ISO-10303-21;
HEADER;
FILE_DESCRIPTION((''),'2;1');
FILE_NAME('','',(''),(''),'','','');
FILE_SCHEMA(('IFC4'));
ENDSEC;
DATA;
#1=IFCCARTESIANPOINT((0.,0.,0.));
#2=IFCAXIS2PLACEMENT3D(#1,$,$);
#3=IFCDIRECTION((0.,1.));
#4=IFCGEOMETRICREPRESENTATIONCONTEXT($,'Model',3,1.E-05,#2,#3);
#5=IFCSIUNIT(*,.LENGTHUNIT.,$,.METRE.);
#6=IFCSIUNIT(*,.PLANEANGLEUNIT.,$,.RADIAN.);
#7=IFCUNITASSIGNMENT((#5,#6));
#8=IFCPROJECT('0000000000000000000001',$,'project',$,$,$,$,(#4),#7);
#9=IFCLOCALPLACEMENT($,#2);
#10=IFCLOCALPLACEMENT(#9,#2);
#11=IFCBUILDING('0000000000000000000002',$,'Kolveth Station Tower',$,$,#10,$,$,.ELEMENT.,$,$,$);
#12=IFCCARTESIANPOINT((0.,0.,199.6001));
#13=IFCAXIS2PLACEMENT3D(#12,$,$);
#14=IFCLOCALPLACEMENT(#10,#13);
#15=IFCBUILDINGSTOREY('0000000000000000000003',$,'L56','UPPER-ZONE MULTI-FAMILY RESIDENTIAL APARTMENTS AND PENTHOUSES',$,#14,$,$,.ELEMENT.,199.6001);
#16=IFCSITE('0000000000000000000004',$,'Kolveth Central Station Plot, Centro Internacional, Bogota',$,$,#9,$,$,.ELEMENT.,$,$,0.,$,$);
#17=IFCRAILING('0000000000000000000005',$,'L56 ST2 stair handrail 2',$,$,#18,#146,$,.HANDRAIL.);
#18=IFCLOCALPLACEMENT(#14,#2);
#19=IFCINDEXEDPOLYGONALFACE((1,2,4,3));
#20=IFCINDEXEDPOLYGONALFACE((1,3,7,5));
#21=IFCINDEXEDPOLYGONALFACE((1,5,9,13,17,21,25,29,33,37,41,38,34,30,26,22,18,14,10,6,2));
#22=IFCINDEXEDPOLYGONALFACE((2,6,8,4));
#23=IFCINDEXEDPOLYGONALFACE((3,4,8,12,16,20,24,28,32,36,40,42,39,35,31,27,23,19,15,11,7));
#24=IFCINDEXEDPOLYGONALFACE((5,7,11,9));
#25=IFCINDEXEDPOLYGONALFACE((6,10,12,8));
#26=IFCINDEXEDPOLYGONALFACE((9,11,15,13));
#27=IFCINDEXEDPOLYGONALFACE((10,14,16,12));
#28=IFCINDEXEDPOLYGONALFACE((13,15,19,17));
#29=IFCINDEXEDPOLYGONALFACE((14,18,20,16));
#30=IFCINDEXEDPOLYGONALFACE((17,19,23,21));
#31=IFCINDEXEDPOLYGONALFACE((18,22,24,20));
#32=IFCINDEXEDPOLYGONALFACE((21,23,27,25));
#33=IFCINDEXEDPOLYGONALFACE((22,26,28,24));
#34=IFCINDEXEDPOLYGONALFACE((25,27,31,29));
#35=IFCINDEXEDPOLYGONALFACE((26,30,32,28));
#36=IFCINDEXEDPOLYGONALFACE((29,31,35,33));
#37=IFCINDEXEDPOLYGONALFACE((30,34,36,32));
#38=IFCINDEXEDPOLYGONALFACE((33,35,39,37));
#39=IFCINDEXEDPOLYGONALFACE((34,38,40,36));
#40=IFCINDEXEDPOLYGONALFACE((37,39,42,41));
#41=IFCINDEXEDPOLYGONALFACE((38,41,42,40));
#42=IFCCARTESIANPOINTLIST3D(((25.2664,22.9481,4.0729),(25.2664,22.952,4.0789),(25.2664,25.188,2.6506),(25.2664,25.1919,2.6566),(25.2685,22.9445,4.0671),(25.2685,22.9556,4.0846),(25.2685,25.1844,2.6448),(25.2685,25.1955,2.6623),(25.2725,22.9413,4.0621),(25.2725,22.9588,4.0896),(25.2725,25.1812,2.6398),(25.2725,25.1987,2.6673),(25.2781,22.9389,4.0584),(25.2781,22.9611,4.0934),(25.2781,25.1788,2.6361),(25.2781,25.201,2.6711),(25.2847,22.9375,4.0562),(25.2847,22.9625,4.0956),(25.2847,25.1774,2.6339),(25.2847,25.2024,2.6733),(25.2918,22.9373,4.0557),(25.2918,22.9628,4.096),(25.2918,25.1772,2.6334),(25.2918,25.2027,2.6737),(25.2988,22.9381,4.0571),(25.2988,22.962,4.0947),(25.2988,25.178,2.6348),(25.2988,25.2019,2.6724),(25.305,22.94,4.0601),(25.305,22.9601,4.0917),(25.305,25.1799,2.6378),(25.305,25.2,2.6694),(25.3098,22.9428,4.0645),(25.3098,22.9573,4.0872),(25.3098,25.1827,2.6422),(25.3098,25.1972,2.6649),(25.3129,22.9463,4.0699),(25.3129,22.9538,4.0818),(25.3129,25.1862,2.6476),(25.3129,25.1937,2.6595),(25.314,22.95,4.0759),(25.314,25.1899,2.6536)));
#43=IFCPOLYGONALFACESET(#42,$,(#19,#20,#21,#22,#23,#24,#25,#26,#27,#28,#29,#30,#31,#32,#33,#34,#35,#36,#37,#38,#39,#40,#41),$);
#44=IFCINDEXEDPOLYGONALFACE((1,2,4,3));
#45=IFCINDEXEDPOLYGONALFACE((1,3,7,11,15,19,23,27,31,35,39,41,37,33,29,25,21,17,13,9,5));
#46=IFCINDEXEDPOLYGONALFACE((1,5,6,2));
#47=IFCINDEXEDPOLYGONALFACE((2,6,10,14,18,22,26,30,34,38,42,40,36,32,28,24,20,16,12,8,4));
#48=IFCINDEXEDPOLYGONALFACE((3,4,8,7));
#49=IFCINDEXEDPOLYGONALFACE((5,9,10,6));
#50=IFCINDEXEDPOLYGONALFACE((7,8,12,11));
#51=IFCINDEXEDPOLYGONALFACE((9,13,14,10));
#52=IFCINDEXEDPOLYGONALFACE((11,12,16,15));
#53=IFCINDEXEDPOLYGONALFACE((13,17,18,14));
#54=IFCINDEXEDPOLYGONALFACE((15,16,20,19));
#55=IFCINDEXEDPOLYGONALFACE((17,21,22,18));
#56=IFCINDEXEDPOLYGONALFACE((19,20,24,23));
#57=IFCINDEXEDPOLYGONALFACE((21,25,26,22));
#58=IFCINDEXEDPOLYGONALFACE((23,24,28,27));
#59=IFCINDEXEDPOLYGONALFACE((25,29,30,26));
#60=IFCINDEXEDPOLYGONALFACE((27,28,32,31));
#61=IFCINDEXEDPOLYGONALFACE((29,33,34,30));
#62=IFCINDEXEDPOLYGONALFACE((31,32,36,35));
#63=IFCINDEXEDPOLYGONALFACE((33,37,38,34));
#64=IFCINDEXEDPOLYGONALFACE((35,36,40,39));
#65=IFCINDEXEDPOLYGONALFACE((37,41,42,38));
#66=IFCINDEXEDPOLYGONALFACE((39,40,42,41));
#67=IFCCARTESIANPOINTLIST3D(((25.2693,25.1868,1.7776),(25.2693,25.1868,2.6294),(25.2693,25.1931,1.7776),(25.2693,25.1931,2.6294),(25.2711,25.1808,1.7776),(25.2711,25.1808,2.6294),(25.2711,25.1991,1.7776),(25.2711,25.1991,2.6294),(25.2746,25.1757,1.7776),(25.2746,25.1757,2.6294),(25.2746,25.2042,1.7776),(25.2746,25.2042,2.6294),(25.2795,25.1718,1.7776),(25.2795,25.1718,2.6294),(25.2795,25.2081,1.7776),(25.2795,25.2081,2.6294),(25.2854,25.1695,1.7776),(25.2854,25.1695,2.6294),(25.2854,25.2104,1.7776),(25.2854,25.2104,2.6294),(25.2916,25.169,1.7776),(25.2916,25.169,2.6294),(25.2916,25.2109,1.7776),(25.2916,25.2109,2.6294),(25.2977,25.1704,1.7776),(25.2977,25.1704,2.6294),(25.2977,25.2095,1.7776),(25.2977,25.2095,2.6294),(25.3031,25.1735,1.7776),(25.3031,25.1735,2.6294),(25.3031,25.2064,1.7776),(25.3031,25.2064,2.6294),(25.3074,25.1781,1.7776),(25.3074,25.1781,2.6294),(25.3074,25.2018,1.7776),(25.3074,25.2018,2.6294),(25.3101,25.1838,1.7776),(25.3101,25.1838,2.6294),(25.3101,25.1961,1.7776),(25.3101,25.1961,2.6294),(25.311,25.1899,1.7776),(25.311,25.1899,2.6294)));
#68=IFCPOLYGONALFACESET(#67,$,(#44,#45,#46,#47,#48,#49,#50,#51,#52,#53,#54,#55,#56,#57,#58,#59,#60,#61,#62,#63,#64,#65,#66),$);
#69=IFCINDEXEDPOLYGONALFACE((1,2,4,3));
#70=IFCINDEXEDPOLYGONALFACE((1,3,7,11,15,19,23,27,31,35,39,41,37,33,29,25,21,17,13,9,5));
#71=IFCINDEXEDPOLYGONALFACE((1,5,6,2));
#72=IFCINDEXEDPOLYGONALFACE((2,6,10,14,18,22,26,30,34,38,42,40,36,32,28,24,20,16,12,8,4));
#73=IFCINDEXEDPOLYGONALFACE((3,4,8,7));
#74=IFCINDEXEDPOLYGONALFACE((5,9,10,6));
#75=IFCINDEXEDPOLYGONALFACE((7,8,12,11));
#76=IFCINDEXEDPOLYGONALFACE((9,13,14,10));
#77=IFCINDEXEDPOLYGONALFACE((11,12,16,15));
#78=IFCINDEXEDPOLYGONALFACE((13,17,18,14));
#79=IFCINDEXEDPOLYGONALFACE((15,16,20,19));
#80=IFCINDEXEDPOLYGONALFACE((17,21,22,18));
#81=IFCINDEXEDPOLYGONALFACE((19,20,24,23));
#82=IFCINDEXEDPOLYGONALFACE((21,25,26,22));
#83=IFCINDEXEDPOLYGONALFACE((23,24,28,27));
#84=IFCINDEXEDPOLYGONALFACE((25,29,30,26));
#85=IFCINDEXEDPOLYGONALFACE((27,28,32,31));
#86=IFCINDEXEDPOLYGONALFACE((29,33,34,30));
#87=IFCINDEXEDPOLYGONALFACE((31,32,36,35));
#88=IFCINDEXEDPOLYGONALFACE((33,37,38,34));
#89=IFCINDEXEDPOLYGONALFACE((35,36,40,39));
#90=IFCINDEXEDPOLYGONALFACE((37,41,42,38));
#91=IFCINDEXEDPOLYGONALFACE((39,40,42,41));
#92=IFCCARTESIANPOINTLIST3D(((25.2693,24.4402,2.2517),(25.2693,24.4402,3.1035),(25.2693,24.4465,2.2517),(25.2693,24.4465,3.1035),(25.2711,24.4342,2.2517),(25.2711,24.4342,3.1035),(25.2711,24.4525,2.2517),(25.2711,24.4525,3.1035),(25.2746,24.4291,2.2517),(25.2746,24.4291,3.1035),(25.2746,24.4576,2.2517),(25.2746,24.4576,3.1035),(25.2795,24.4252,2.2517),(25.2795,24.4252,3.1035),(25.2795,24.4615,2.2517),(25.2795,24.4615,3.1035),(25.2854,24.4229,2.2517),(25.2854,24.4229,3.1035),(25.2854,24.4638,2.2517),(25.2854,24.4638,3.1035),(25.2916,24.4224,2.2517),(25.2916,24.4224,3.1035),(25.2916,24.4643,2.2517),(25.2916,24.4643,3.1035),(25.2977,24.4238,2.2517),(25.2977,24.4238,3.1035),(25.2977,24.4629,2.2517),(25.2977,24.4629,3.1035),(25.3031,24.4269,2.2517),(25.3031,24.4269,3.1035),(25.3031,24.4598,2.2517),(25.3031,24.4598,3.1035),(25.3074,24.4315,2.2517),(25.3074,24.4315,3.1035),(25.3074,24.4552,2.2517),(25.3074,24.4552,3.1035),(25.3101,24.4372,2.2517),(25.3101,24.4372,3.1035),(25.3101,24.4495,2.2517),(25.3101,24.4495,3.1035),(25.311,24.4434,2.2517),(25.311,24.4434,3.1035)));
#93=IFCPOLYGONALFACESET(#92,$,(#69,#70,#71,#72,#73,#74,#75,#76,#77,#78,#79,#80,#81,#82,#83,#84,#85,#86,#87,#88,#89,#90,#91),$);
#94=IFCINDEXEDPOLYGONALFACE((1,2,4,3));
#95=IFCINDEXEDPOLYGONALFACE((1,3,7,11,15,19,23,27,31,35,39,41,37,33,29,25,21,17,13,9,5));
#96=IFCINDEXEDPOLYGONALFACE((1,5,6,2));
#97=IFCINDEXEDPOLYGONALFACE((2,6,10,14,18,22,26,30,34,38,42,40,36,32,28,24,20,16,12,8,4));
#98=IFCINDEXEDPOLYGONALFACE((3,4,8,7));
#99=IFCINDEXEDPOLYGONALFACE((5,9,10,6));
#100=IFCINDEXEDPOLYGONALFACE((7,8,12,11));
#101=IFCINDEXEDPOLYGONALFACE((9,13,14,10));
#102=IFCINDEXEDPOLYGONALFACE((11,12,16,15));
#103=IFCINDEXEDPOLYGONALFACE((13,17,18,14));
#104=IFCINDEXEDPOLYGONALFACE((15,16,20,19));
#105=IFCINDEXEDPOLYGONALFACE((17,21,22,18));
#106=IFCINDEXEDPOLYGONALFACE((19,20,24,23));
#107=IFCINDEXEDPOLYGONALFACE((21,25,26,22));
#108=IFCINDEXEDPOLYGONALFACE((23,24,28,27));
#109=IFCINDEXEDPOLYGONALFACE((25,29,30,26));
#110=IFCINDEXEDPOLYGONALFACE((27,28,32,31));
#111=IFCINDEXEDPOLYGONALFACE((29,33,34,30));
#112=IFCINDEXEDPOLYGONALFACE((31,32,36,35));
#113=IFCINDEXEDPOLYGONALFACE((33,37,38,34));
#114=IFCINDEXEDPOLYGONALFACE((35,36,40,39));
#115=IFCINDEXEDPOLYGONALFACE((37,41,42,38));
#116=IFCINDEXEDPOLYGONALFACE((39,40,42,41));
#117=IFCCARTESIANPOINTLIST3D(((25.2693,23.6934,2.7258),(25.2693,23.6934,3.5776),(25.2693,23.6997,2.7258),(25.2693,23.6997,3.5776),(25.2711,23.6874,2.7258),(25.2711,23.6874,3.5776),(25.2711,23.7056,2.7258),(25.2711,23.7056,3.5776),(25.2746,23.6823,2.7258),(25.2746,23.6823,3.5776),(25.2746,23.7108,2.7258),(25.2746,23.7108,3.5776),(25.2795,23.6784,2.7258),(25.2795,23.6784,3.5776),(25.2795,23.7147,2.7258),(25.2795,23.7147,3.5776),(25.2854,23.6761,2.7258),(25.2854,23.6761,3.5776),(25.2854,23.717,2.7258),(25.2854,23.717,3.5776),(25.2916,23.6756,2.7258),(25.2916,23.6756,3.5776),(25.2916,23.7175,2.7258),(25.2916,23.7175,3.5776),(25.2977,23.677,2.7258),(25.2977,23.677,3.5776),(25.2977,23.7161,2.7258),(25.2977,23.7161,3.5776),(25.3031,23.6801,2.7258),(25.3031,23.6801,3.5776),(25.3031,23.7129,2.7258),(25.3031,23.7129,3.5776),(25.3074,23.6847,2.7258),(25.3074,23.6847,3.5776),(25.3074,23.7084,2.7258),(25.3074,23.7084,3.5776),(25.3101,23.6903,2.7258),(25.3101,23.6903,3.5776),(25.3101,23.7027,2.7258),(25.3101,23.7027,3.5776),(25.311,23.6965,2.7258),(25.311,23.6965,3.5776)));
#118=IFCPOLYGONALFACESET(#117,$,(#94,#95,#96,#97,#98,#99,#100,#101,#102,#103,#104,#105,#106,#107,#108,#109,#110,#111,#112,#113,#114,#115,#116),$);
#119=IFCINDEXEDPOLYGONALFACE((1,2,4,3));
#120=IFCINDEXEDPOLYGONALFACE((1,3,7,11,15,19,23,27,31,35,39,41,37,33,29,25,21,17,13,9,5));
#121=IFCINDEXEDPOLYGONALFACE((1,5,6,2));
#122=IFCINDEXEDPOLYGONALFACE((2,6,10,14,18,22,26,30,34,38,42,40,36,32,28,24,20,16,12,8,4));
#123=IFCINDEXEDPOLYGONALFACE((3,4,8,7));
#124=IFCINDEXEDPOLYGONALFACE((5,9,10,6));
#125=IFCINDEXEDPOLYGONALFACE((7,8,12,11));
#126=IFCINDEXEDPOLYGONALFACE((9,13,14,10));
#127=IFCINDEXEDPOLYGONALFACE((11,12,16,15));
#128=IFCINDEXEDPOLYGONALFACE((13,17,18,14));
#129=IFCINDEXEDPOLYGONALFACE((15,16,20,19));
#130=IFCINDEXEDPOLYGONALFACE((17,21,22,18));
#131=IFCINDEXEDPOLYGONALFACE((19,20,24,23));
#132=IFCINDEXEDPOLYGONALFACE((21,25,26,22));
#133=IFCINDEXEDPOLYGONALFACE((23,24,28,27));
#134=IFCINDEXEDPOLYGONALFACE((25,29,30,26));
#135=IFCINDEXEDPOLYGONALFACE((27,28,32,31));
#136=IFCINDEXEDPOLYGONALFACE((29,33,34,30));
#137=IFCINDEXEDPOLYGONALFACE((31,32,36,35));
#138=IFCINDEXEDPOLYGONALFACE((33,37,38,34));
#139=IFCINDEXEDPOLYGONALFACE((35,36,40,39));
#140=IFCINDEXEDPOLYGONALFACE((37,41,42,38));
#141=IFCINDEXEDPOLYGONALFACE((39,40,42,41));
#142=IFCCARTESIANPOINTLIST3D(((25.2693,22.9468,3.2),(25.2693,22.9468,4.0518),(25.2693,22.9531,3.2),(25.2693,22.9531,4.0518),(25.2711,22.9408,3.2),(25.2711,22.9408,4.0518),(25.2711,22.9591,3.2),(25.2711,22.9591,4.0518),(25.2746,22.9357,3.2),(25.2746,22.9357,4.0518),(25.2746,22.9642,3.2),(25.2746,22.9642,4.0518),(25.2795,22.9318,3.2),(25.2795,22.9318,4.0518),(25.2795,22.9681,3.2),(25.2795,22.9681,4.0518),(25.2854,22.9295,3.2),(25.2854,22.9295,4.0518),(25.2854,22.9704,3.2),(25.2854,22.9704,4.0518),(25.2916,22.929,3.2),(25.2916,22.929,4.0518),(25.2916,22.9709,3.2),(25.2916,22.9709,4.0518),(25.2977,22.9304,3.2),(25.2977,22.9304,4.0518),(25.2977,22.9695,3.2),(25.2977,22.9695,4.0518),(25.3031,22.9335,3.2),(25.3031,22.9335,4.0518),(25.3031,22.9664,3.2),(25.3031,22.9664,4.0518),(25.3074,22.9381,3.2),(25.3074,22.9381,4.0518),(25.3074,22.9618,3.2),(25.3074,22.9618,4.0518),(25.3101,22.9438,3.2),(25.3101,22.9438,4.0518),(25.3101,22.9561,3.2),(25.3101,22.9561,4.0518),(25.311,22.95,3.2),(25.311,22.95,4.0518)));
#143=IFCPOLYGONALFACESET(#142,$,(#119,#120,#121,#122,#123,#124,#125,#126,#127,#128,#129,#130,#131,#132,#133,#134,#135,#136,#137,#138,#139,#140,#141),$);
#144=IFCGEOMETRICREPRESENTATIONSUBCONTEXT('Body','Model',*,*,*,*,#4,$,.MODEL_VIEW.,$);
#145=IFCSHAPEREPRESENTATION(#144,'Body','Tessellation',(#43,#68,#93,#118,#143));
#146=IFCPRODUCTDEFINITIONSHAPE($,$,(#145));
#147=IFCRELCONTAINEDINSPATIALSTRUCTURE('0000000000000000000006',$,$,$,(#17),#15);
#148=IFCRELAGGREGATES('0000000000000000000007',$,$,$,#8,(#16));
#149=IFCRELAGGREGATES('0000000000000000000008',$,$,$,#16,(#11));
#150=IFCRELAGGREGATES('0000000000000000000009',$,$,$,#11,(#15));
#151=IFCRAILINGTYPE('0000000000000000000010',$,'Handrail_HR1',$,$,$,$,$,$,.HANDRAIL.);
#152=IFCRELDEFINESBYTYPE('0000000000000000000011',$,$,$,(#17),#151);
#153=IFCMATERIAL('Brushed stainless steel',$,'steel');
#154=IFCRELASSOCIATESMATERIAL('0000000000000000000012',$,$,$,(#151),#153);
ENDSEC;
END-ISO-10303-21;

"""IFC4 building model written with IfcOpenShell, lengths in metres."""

from ifc_helpers import new_model, si_unit, direction, frame, origin, origin_2d, place, context, subcontext, project, spatial, circle, extrude, material, type_object, element, save


model = new_model("IFC4")

# Units and contexts
model_context = context("Model", 3, precision=1e-05, world=origin(), true_north=direction((0.0, 1.0)))
body_context = subcontext(model_context, "Body", "Model", "MODEL_VIEW")
ifc_project = project(units=[si_unit("LENGTHUNIT", "METRE"), si_unit("PLANEANGLEUNIT", "RADIAN")], contexts=[model_context])

# Site, building, storey
site_placement = place(None, origin())
site = spatial("IfcSite", under=ifc_project, at=site_placement, Name="Kolveth Central Station Plot, Centro Internacional, Bogota", CompositionType="ELEMENT", RefElevation=0.0)
building_placement = place(site_placement, origin())
building = spatial("IfcBuilding", under=site, at=building_placement, Name="Kolveth Station Tower", CompositionType="ELEMENT")
storey_placement = place(building_placement, frame((0.0, 0.0, 199.6001)))
storey = spatial("IfcBuildingStorey", under=building, at=storey_placement, Name="L56", Description="UPPER-ZONE MULTI-FAMILY RESIDENTIAL APARTMENTS AND PENTHOUSES", CompositionType="ELEMENT", Elevation=199.6001)

# Railing
ifc_material_1 = material(Name="Brushed stainless steel", Category="steel")
railing_type_1 = type_object("IfcRailingType", Name="Handrail_HR1", PredefinedType="HANDRAIL", material=ifc_material_1)
railing_1_placement = place(storey_placement, frame((25.29, 25.1899, 1.7776)))
element("IfcRailing", 1, at=railing_1_placement, inside=storey, type_object=railing_type_1, Name="L56 ST2 stair handrail 2", PredefinedType="HANDRAIL", context=body_context, shape_type="SweptSolid", body=[
    extrude(circle(Radius=0.0239, at=origin_2d()), frame((0.0, 0.0, 0.876), z_axis=(0.0, -0.844188, 0.536048), x_axis=(1.0, 0.0, 0.0)), (0.0, 0.0, 1.0), 2.6533),
    extrude(circle(Radius=0.021, at=origin_2d()), origin(), (0.0, 0.0, 1.0), 0.8518),
    extrude(circle(Radius=0.021, at=origin_2d()), frame((0.0, -0.7466, 0.4741)), (0.0, 0.0, 1.0), 0.8518),
    extrude(circle(Radius=0.021, at=origin_2d()), frame((0.0, -1.4934, 0.9482)), (0.0, 0.0, 1.0), 0.8518),
    extrude(circle(Radius=0.021, at=origin_2d()), frame((0.0, -2.24, 1.4224)), (0.0, 0.0, 1.0), 0.8518),
])

save(model, "model.ifc")
